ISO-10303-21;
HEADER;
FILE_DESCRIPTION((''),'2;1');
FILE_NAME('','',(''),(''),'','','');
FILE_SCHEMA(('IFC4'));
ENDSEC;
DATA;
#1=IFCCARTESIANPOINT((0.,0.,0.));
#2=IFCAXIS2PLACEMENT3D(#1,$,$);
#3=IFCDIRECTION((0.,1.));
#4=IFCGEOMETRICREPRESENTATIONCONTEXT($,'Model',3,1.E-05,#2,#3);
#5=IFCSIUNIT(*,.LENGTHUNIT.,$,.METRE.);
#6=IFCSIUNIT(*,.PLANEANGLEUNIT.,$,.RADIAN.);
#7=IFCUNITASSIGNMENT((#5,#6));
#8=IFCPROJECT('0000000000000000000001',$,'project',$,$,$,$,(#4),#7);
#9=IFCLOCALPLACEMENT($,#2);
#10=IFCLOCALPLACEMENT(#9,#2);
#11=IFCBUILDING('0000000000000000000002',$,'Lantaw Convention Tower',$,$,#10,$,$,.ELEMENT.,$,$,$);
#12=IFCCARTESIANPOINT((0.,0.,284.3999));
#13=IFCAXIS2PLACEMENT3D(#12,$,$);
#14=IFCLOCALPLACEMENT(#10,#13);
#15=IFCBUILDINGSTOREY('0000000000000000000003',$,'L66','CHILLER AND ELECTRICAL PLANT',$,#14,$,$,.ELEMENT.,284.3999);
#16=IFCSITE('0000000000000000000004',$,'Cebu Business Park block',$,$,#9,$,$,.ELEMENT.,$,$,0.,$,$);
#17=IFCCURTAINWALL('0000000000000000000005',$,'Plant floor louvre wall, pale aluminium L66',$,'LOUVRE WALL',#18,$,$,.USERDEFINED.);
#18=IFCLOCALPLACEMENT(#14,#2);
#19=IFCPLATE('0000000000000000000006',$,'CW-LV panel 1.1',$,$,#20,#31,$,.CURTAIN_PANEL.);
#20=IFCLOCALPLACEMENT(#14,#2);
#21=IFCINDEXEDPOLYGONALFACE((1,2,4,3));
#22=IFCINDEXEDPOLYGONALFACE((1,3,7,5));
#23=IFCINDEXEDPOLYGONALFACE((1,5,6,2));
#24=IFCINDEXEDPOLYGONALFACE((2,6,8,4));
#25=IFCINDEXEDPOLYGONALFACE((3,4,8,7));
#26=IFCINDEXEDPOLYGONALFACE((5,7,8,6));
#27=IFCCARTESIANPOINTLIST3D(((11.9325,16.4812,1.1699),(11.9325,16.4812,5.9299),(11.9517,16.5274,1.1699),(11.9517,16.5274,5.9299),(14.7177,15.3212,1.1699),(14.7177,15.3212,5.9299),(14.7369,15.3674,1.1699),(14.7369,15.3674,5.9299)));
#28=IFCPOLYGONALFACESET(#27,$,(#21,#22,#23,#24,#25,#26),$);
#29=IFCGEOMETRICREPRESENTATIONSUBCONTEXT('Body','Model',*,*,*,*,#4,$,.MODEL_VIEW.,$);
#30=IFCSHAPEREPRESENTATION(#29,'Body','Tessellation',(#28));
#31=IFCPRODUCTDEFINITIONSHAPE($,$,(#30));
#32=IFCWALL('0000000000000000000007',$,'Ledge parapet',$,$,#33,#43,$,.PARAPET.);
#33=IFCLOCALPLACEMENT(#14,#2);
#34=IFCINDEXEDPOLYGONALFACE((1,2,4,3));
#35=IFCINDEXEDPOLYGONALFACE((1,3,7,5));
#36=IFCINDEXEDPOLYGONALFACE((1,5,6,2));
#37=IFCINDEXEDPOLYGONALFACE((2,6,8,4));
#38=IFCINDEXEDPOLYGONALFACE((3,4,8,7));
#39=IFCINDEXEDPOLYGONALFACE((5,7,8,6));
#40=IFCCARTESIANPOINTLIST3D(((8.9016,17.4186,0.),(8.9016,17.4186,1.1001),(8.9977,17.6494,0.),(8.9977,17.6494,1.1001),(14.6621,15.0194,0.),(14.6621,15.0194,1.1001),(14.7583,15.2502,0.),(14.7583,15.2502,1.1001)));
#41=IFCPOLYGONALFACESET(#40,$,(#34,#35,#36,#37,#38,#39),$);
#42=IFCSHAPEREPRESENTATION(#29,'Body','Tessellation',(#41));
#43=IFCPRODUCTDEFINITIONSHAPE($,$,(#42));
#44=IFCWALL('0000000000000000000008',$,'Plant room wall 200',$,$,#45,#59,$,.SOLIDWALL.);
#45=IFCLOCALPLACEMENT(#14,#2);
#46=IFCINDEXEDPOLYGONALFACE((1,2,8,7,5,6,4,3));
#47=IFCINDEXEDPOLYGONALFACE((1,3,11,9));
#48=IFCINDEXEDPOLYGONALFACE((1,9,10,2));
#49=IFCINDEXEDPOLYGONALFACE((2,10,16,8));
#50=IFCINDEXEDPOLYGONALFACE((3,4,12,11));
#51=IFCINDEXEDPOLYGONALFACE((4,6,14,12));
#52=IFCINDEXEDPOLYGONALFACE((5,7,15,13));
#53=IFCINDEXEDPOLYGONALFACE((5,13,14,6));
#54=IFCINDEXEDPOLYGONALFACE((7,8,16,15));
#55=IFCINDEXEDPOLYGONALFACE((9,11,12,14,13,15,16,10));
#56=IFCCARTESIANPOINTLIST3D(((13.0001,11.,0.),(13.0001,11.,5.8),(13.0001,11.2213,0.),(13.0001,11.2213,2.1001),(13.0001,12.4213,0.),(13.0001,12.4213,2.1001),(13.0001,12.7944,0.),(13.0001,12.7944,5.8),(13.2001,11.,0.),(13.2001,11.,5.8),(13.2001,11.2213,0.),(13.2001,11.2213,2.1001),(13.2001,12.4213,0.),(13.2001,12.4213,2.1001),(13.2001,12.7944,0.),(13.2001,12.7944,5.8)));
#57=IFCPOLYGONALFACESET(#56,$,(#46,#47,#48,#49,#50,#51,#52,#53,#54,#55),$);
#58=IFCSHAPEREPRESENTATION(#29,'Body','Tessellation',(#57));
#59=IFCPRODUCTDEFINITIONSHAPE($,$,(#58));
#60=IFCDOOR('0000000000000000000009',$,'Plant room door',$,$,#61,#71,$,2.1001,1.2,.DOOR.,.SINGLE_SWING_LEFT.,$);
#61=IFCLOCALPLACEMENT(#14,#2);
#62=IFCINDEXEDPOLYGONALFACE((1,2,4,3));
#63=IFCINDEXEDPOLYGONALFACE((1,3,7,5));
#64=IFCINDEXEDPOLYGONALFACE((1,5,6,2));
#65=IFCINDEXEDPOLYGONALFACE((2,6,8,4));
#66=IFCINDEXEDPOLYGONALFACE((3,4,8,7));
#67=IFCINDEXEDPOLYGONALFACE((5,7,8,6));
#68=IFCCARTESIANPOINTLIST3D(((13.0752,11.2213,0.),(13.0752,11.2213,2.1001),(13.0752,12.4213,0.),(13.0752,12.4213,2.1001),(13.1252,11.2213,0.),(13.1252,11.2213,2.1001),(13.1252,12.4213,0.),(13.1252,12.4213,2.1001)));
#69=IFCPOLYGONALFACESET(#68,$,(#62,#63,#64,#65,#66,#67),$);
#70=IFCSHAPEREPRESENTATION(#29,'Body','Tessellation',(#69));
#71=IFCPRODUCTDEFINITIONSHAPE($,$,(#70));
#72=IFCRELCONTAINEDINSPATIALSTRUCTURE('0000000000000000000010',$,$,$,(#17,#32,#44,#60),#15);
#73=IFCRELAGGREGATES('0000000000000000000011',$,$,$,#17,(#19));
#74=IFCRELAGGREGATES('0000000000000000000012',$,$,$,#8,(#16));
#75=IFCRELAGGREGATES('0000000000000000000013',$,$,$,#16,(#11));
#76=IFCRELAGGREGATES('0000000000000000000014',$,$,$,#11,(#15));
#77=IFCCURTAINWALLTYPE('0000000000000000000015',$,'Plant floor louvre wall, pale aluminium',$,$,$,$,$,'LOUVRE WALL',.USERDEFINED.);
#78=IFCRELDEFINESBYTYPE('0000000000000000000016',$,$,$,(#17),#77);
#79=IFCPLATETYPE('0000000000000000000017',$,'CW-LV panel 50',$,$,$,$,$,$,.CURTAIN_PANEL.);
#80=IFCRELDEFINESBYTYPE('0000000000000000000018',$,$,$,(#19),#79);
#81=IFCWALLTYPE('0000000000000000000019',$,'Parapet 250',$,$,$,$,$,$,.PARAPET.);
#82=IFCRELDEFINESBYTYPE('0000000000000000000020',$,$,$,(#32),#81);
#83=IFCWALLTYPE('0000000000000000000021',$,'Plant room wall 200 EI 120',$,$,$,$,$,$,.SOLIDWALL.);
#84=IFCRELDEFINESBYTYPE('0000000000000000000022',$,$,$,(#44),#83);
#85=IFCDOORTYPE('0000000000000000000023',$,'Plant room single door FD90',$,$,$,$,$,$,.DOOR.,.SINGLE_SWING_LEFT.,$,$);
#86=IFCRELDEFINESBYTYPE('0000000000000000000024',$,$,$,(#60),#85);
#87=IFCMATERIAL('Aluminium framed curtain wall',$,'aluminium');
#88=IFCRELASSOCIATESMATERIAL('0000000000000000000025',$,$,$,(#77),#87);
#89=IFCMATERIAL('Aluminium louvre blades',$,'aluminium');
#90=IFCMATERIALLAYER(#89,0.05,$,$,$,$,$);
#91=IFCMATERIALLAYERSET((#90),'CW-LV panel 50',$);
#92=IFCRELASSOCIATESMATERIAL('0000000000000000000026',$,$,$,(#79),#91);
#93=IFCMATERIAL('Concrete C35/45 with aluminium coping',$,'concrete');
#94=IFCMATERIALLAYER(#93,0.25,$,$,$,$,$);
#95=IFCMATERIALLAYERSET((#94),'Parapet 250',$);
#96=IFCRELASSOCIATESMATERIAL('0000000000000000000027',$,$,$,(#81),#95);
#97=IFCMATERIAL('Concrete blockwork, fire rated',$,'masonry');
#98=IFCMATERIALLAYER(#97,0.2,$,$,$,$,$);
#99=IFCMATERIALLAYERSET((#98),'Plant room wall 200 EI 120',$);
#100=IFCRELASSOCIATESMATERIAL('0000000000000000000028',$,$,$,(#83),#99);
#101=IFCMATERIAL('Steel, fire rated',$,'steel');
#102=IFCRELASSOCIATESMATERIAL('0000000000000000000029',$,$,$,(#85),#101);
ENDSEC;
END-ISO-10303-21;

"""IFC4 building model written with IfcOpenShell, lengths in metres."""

from ifc_helpers import new_model, si_unit, direction, frame, frame_2d, origin, origin_2d, place, context, subcontext, project, spatial, rectangle, extrude, material, layer, layer_set, type_object, element, fill, aggregate, save


model = new_model("IFC4")

# Units and contexts
model_context = context("Model", 3, precision=1e-05, world=origin(), true_north=direction((0.0, 1.0)))
body_context = subcontext(model_context, "Body", "Model", "MODEL_VIEW")
ifc_project = project(units=[si_unit("LENGTHUNIT", "METRE"), si_unit("PLANEANGLEUNIT", "RADIAN")], contexts=[model_context])

# Site, building, storey
site_placement = place(None, origin())
site = spatial("IfcSite", under=ifc_project, at=site_placement, Name="Cebu Business Park block", CompositionType="ELEMENT", RefElevation=0.0)
building_placement = place(site_placement, origin())
building = spatial("IfcBuilding", under=site, at=building_placement, Name="Lantaw Convention Tower", CompositionType="ELEMENT")
storey_placement = place(building_placement, frame((0.0, 0.0, 284.3999)))
storey = spatial("IfcBuildingStorey", under=building, at=storey_placement, Name="L66", Description="CHILLER AND ELECTRICAL PLANT", CompositionType="ELEMENT", Elevation=284.3999)

# Shared definitions
ifc_material_1 = material(Name="Aluminium framed curtain wall", Category="aluminium")

# Shared definitions
curtain_wall_type_1 = type_object("IfcCurtainWallType", Name="Plant floor louvre wall, pale aluminium", ElementType="LOUVRE WALL", PredefinedType="USERDEFINED", material=ifc_material_1)

# Curtain wall
curtain_wall_1_placement = place(storey_placement, origin())
curtain_wall_1 = element("IfcCurtainWall", 1, at=curtain_wall_1_placement, inside=storey, type_object=curtain_wall_type_1, Name="Plant floor louvre wall, pale aluminium L66", ObjectType="LOUVRE WALL", PredefinedType="USERDEFINED")

# Plate
ifc_material_2 = material(Name="Aluminium louvre blades", Category="aluminium")
ifc_layer_1 = layer(ifc_material_2, 0.05)
ifc_layer_set_1 = layer_set([ifc_layer_1], Name="CW-LV panel 50")
plate_type_1 = type_object("IfcPlateType", Name="CW-LV panel 50", PredefinedType="CURTAIN_PANEL", material=ifc_layer_set_1)
plate_1_placement = place(storey_placement, frame((13.3347, 15.9243, 1.1699), z_axis=(0.0, 0.0, 1.0), x_axis=(-0.923142, 0.38446, 0.0)))
plate_1 = element("IfcPlate", 2, at=plate_1_placement, type_object=plate_type_1, Name="CW-LV panel 1.1", PredefinedType="CURTAIN_PANEL", context=body_context, shape_type="SweptSolid", body=[
    extrude(rectangle(XDim=3.0171, YDim=0.05, at=origin_2d()), origin(), (0.0, 0.0, 1.0), 4.76),
])
aggregate(curtain_wall_1, [plate_1])

# Wall
ifc_material_3 = material(Name="Concrete C35/45 with aluminium coping", Category="concrete")
ifc_layer_2 = layer(ifc_material_3, 0.25)
ifc_layer_set_2 = layer_set([ifc_layer_2], Name="Parapet 250")
wall_type_1 = type_object("IfcWallType", Name="Parapet 250", PredefinedType="PARAPET", material=ifc_layer_set_2)
wall_1_placement = place(storey_placement, frame((14.7102, 15.1348, 0.0), z_axis=(0.0, 0.0, 1.0), x_axis=(-0.923136, 0.384474, 0.0)))
element("IfcWall", 3, at=wall_1_placement, inside=storey, type_object=wall_type_1, Name="Ledge parapet", PredefinedType="PARAPET", context=body_context, shape_type="SweptSolid", body=[
    extrude(rectangle(XDim=6.2402, YDim=0.25, at=frame_2d((3.1201, 0.0))), origin(), (0.0, 0.0, 1.0), 1.1001),
])

# Wall, opening, door
ifc_material_4 = material(Name="Concrete blockwork, fire rated", Category="masonry")
ifc_layer_3 = layer(ifc_material_4, 0.2)
ifc_layer_set_3 = layer_set([ifc_layer_3], Name="Plant room wall 200 EI 120")
wall_type_2 = type_object("IfcWallType", Name="Plant room wall 200 EI 120", PredefinedType="SOLIDWALL", material=ifc_layer_set_3)
wall_2_placement = place(storey_placement, frame((13.1001, 11.0, 0.0), z_axis=(0.0, 0.0, 1.0), x_axis=(0.0, 1.0, 0.0)))
wall_2 = element("IfcWall", 4, at=wall_2_placement, inside=storey, type_object=wall_type_2, Name="Plant room wall 200", PredefinedType="SOLIDWALL", context=body_context, shape_type="SweptSolid", body=[
    extrude(rectangle(XDim=1.7944, YDim=0.2, at=frame_2d((0.8972, 0.0))), origin(), (0.0, 0.0, 1.0), 5.8),
])
opening_placement = place(wall_2_placement, frame((0.2212, 0.0, 0.0)))
opening = element("IfcOpeningElement", 5, at=opening_placement, cuts=wall_2, PredefinedType="OPENING", context=body_context, shape_type="SweptSolid", body=[
    extrude(rectangle(XDim=1.2, YDim=2.1001, at=frame_2d((0.6001, 1.05))), frame((0.0, 0.1099, 0.0), z_axis=(0.0, -1.0, 0.0), x_axis=(1.0, 0.0, 0.0)), (0.0, 0.0, 1.0), 0.22),
])
ifc_material_5 = material(Name="Steel, fire rated", Category="steel")
door_type = type_object("IfcDoorType", Name="Plant room single door FD90", OperationType="SINGLE_SWING_LEFT", PredefinedType="DOOR", material=ifc_material_5)
door_placement = place(opening_placement, origin())
door = element("IfcDoor", 6, at=door_placement, inside=storey, type_object=door_type, Name="Plant room door", OperationType="SINGLE_SWING_LEFT", OverallHeight=2.1001, OverallWidth=1.2, PredefinedType="DOOR", context=body_context, shape_type="SweptSolid", body=[
    extrude(rectangle(XDim=1.2, YDim=2.1001, at=frame_2d((0.6001, 1.05))), frame((0.0, 0.0249, 0.0), z_axis=(0.0, -1.0, 0.0), x_axis=(1.0, 0.0, 0.0)), (0.0, 0.0, 1.0), 0.05),
])
fill(opening, door)

save(model, "model.ifc")
